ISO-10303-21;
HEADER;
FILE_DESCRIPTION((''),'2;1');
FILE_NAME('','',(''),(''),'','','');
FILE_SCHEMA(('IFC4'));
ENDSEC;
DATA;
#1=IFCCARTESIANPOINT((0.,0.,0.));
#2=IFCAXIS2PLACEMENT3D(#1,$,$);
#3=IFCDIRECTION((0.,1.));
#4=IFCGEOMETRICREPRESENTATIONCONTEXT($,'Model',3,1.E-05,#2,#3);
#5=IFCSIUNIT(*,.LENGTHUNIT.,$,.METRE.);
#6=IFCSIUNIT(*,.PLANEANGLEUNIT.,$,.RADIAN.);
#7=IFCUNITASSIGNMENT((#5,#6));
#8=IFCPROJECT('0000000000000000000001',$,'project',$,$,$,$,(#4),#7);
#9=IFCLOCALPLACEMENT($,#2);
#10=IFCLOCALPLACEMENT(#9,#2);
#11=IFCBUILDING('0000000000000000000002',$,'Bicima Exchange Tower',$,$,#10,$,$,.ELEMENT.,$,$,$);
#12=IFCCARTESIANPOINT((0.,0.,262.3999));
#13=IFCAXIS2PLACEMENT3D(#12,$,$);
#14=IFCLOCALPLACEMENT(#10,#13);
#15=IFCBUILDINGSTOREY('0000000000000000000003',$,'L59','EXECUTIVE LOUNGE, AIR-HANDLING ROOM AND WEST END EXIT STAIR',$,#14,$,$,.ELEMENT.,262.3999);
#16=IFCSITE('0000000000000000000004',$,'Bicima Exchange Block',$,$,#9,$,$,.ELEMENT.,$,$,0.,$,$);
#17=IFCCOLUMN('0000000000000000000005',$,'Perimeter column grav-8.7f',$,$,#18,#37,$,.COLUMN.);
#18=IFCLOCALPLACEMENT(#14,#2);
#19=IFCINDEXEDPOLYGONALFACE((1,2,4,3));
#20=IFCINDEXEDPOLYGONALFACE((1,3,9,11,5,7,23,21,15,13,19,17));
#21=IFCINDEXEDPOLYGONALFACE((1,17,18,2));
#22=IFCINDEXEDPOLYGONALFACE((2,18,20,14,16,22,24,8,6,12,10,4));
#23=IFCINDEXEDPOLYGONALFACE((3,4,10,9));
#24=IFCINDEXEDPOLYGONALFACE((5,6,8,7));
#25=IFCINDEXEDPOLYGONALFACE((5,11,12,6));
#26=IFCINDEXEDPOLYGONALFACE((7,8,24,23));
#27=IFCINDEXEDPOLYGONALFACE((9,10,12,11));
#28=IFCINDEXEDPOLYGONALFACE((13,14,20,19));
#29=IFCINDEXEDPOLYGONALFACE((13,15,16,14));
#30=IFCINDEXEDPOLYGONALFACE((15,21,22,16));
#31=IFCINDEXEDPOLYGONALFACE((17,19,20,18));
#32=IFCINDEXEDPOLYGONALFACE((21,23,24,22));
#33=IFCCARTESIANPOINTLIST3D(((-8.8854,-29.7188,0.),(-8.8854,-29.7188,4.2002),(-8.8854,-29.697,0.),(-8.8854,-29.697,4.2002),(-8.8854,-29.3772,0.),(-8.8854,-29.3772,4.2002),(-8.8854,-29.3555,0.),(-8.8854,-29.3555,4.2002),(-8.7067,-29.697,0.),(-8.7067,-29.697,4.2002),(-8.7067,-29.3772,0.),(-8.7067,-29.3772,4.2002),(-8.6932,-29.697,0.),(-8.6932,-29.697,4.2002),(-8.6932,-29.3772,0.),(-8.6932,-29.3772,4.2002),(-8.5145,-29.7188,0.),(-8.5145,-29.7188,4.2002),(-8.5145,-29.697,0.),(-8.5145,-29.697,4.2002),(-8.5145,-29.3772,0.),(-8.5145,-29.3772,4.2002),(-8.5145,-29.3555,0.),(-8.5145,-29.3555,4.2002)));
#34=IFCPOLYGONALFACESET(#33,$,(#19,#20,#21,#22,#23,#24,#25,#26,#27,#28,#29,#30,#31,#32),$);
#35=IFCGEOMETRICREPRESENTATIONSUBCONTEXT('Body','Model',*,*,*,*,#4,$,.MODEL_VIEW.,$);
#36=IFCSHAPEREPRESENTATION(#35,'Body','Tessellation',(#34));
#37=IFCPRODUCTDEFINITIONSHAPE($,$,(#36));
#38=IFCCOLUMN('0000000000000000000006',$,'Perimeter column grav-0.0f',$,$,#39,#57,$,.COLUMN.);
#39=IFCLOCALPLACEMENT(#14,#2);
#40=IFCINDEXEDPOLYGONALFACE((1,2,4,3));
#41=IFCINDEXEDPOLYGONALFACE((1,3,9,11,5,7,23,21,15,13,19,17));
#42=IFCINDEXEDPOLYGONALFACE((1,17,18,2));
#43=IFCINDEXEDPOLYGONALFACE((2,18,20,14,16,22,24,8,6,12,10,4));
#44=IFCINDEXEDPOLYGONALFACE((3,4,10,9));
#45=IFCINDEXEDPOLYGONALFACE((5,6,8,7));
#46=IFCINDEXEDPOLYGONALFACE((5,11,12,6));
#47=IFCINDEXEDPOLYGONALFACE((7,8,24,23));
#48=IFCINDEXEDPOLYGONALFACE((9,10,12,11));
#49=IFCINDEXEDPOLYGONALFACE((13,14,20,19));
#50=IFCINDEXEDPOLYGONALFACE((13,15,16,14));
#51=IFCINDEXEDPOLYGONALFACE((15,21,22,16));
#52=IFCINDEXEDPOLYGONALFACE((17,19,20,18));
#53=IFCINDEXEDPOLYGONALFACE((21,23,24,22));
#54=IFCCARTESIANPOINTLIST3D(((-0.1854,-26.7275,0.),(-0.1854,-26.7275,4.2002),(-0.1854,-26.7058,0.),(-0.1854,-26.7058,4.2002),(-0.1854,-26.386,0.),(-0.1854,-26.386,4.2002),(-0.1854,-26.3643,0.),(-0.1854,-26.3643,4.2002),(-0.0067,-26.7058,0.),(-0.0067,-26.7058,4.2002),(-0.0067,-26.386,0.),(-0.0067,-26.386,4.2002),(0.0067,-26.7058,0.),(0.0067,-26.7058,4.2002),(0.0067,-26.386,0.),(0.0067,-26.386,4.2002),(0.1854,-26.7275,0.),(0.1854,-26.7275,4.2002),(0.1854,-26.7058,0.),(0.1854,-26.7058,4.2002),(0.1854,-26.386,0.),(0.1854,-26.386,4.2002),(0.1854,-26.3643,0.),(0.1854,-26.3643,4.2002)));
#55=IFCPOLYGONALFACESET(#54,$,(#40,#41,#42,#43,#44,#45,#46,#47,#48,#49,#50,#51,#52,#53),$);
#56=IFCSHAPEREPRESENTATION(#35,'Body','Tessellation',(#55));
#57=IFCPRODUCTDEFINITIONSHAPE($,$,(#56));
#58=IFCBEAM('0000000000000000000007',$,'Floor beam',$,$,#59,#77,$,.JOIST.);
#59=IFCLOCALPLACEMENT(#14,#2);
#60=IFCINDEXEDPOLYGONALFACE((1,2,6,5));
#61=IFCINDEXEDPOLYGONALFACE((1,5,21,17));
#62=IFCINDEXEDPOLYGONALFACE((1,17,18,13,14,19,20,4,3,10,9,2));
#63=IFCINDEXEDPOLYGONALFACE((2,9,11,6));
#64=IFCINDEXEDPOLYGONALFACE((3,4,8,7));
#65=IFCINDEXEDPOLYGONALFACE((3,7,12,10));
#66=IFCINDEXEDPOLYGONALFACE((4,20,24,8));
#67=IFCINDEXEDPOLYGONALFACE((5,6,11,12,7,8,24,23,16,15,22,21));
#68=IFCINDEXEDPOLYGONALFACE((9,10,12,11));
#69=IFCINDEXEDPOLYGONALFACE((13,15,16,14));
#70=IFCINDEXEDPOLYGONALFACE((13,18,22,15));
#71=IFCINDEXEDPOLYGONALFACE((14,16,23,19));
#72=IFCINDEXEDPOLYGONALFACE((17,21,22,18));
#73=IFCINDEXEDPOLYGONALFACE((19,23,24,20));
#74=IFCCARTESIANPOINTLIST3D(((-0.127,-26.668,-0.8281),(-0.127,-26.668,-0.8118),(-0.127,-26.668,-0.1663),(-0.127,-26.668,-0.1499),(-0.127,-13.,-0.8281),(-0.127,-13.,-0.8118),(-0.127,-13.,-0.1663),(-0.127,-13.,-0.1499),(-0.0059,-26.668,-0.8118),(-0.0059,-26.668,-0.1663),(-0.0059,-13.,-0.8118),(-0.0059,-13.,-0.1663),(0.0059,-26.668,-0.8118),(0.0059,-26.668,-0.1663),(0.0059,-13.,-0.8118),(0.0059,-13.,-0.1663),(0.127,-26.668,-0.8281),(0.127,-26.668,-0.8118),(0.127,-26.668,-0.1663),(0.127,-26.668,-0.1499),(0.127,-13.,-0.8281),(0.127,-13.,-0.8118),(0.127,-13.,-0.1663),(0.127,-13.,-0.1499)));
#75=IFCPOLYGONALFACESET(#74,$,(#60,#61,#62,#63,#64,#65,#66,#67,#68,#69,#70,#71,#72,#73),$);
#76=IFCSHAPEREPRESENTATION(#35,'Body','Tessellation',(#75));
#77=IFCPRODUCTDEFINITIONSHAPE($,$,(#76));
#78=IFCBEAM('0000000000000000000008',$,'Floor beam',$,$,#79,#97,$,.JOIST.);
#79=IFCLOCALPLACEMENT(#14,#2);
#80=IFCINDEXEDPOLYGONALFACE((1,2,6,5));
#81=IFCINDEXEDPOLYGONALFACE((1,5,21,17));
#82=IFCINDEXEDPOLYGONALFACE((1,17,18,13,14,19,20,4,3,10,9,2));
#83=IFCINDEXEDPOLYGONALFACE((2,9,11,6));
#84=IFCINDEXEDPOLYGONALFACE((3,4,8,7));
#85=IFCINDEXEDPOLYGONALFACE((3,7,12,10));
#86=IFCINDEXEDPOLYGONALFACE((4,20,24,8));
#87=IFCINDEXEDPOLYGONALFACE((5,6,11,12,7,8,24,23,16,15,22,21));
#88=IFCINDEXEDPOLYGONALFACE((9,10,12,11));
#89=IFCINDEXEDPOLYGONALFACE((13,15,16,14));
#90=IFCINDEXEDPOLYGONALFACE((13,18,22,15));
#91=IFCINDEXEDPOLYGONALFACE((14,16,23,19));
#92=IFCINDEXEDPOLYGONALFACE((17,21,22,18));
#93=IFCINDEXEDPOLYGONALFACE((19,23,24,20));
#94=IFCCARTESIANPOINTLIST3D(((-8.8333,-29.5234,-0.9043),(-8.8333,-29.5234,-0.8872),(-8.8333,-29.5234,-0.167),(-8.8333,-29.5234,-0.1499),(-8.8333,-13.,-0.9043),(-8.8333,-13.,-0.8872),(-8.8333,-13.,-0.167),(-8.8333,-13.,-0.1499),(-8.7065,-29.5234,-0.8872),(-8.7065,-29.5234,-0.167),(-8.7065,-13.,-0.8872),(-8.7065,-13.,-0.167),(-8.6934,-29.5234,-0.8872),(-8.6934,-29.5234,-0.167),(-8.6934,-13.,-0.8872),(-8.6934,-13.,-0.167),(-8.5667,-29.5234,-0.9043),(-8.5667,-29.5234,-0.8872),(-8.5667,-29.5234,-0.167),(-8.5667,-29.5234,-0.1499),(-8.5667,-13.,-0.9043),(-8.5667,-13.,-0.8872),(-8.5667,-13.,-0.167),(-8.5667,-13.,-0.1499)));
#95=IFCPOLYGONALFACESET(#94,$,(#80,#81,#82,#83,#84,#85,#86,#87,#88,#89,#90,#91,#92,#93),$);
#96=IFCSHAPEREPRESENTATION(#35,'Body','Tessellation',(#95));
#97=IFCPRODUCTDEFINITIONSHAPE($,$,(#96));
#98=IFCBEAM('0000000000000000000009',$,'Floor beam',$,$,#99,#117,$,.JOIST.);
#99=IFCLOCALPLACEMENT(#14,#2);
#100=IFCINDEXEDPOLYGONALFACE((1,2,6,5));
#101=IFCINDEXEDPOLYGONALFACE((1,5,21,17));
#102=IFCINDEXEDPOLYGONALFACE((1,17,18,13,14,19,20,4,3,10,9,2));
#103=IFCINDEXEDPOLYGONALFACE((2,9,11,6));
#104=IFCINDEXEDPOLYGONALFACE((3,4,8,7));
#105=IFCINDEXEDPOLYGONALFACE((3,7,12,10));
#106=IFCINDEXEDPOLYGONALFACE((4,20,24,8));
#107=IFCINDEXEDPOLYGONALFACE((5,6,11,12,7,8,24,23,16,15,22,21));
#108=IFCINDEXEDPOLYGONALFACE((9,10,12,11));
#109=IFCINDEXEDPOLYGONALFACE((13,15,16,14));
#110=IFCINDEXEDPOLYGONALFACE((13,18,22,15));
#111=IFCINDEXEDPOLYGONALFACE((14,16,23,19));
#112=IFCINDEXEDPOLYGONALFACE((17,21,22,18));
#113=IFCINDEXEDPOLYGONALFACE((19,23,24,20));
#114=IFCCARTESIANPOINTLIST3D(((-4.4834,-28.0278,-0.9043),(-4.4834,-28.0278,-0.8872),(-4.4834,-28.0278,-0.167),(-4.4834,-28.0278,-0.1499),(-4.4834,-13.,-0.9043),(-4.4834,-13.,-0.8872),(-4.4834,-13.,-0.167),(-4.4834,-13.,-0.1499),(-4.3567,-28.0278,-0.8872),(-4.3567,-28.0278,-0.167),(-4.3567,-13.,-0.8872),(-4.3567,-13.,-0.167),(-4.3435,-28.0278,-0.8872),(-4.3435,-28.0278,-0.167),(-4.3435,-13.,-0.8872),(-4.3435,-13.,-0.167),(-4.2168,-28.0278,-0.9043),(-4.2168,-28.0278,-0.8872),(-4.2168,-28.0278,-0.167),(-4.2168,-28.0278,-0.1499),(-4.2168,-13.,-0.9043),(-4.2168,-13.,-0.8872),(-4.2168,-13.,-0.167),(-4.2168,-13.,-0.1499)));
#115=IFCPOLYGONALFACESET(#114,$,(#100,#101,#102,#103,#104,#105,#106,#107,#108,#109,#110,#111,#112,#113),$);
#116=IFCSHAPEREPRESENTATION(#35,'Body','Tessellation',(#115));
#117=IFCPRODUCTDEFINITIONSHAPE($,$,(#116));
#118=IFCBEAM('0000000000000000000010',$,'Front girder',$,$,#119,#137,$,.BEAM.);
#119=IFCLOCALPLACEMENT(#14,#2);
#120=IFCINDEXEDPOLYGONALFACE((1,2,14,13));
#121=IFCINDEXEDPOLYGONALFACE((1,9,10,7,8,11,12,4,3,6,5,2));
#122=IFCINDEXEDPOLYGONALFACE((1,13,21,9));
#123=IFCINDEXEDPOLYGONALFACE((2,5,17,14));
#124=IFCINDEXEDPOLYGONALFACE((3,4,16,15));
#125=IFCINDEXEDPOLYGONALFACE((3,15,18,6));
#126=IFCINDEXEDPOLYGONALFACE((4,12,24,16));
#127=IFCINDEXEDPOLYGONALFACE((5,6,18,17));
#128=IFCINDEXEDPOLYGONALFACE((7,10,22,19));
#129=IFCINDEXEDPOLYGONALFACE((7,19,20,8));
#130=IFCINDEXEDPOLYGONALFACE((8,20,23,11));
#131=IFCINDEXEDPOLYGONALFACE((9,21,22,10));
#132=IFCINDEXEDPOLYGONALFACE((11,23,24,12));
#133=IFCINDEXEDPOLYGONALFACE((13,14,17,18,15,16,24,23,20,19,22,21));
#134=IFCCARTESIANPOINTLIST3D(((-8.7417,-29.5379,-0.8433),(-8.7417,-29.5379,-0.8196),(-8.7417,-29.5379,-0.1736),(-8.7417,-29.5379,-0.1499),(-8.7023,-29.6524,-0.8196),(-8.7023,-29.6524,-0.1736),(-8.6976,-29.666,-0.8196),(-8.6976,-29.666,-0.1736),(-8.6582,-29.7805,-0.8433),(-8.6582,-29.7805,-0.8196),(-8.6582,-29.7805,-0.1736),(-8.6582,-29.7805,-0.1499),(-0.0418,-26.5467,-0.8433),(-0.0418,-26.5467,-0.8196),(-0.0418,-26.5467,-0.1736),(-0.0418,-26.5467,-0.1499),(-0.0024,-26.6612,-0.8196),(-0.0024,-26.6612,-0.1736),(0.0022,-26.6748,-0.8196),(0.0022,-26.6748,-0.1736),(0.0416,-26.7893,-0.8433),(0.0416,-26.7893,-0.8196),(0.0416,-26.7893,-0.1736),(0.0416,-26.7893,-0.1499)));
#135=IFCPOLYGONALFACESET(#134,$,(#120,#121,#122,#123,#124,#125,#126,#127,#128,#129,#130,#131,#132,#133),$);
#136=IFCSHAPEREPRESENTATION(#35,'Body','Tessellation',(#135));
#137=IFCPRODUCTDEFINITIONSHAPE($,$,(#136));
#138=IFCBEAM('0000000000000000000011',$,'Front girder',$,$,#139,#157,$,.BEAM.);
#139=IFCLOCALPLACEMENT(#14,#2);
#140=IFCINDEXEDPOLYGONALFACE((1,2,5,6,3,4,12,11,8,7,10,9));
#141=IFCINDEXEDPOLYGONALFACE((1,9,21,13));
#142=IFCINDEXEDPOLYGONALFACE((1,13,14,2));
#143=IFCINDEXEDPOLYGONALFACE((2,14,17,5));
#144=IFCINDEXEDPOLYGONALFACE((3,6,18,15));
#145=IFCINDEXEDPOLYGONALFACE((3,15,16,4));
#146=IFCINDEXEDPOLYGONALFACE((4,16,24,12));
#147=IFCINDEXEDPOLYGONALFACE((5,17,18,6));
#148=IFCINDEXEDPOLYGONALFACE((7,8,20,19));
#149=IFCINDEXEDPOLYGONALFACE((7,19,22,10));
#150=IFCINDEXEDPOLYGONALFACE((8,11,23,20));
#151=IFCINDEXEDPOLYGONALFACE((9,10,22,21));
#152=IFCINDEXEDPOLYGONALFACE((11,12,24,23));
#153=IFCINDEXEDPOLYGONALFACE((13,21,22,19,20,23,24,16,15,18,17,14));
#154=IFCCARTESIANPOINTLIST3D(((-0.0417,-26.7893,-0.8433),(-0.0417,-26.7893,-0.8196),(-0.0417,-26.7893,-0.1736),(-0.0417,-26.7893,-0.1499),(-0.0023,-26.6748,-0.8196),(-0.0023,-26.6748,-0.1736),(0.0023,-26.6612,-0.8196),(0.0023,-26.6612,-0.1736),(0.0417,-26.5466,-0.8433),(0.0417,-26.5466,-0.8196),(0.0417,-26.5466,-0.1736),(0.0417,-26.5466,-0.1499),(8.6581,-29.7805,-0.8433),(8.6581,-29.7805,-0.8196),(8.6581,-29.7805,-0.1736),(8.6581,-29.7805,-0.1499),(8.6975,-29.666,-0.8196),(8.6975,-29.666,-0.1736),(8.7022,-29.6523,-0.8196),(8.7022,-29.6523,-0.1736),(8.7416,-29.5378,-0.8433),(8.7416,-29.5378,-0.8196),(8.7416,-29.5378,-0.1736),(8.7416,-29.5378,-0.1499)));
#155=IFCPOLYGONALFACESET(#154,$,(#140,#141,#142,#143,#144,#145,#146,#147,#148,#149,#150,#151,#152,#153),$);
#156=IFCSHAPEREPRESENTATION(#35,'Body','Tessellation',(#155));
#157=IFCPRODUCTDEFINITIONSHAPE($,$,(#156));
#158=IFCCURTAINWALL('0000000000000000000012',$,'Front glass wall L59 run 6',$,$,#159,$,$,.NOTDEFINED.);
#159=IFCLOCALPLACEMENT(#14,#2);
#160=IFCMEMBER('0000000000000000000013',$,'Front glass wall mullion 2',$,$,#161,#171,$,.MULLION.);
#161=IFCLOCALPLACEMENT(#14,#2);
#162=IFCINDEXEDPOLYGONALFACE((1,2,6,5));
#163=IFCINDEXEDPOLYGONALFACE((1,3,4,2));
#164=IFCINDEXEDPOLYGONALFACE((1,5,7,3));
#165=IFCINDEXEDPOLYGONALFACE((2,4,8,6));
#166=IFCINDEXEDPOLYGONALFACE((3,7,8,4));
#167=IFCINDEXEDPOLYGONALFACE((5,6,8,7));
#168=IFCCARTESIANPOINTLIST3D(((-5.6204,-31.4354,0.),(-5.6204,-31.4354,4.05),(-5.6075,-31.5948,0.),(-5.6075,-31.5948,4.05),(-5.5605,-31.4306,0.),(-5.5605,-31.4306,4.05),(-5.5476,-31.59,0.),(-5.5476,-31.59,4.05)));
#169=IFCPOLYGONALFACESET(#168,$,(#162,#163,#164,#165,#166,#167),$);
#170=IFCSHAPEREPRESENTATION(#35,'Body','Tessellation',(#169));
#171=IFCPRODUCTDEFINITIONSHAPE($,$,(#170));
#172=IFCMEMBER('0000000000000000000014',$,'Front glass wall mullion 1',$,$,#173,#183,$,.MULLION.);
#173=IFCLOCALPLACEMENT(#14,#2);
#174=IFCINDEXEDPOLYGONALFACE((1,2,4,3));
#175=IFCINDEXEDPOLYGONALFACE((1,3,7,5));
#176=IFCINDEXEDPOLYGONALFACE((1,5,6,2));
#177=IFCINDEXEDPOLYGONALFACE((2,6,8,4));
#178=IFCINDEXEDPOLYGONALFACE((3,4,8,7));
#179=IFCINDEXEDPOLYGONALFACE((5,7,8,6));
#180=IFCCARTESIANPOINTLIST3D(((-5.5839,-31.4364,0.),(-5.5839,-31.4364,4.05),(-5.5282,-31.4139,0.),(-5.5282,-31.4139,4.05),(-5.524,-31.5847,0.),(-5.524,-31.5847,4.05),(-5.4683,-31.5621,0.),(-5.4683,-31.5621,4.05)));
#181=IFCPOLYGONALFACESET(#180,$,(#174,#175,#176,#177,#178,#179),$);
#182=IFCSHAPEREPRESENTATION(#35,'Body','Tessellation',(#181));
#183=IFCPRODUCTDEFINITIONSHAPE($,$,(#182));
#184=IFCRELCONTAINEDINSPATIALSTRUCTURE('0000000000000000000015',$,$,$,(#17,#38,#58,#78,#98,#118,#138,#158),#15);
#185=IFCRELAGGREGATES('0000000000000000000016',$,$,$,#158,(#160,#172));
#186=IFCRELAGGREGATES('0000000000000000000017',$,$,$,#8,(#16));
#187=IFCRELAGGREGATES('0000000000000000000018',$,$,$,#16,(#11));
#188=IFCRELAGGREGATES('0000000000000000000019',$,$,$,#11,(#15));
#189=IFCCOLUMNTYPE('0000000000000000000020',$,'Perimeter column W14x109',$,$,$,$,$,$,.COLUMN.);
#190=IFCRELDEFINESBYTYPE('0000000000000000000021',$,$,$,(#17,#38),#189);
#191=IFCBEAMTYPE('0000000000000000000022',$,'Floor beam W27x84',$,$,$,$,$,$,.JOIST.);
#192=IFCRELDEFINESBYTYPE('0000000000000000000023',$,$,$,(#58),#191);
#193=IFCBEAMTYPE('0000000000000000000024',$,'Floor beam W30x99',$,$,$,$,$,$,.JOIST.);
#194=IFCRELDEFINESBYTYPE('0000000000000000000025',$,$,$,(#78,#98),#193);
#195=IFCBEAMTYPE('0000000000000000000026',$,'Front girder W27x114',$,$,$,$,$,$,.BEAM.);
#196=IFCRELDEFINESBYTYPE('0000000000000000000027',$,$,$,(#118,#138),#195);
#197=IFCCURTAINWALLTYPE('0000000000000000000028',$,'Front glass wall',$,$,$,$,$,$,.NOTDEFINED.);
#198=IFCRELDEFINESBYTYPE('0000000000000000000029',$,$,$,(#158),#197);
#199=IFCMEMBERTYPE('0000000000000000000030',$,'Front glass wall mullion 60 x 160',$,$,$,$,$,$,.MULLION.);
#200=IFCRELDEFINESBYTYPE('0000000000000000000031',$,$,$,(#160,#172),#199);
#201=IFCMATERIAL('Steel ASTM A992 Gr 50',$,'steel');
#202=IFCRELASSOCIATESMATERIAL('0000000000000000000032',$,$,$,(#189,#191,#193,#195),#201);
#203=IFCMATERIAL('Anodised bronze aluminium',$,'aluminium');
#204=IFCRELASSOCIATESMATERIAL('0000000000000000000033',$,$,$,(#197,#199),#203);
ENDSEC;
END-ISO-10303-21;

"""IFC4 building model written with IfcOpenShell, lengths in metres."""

from ifc_helpers import new_model, si_unit, direction, frame, origin, origin_2d, place, context, subcontext, project, spatial, rectangle, i_section, extrude, material, material_profile, profile_set, type_object, element, aggregate, save


model = new_model("IFC4")

# Units and contexts
model_context = context("Model", 3, precision=1e-05, world=origin(), true_north=direction((0.0, 1.0)))
body_context = subcontext(model_context, "Body", "Model", "MODEL_VIEW")
ifc_project = project(units=[si_unit("LENGTHUNIT", "METRE"), si_unit("PLANEANGLEUNIT", "RADIAN")], contexts=[model_context])

# Site, building, storey
site_placement = place(None, origin())
site = spatial("IfcSite", under=ifc_project, at=site_placement, Name="Bicima Exchange Block", CompositionType="ELEMENT", RefElevation=0.0)
building_placement = place(site_placement, origin())
building = spatial("IfcBuilding", under=site, at=building_placement, Name="Bicima Exchange Tower", CompositionType="ELEMENT")
storey_placement = place(building_placement, frame((0.0, 0.0, 262.3999)))
storey = spatial("IfcBuildingStorey", under=building, at=storey_placement, Name="L59", Description="EXECUTIVE LOUNGE, AIR-HANDLING ROOM AND WEST END EXIT STAIR", CompositionType="ELEMENT", Elevation=262.3999)

# Columns
ifc_material_1 = material(Name="Steel ASTM A992 Gr 50", Category="steel")
ifc_material_profile_1 = material_profile(ifc_material_1, i_section(OverallWidth=0.3708, OverallDepth=0.3633, WebThickness=0.0134, FlangeThickness=0.0217, at=origin_2d()))
ifc_profile_set_1 = profile_set([ifc_material_profile_1], Name="Steel ASTM A992 Gr 50")
column_type = type_object("IfcColumnType", Name="Perimeter column W14x109", PredefinedType="COLUMN", material=ifc_profile_set_1)
for number, where, z_axis, x_axis, name in (
    (1, (-8.7, -29.5371, 0.0), (0.0, 0.0, 1.0), (1.0, 0.0, 0.0), "Perimeter column grav-8.7f"),
    (2, (0.0, -26.5459, 0.0), (0.0, 0.0, 1.0), (1.0, 0.0, 0.0), "Perimeter column grav-0.0f"),
):
    element("IfcColumn", number, at=place(storey_placement, frame(where, z_axis=z_axis, x_axis=x_axis)), inside=storey, type_object=column_type, Name=name, PredefinedType="COLUMN", context=body_context, shape_type="SweptSolid", body=[
        extrude(i_section(OverallWidth=0.3708, OverallDepth=0.3633, WebThickness=0.0134, FlangeThickness=0.0217, at=origin_2d()), origin(), (0.0, 0.0, 1.0), 4.2002),
    ])

# Beams
ifc_material_profile_2 = material_profile(ifc_material_1, i_section(OverallWidth=0.2539, OverallDepth=0.6782, WebThickness=0.0117, FlangeThickness=0.0164, at=origin_2d()))
ifc_profile_set_2 = profile_set([ifc_material_profile_2], Name="Steel ASTM A992 Gr 50")
beam_type_1 = type_object("IfcBeamType", Name="Floor beam W27x84", PredefinedType="JOIST", material=ifc_profile_set_2)
beam_1_placement = place(storey_placement, frame((0.0, -13.0, -0.489), z_axis=(0.0, -1.0, 0.0), x_axis=(1.0, 0.0, 0.0)))
element("IfcBeam", 3, at=beam_1_placement, inside=storey, type_object=beam_type_1, Name="Floor beam", PredefinedType="JOIST", context=body_context, shape_type="SweptSolid", body=[
    extrude(i_section(OverallWidth=0.2539, OverallDepth=0.6782, WebThickness=0.0117, FlangeThickness=0.0164, at=origin_2d()), origin(), (0.0, 0.0, 1.0), 13.668),
])
ifc_material_profile_3 = material_profile(ifc_material_1, i_section(OverallWidth=0.2666, OverallDepth=0.7544, WebThickness=0.0132, FlangeThickness=0.0171, at=origin_2d()))
ifc_profile_set_3 = profile_set([ifc_material_profile_3], Name="Steel ASTM A992 Gr 50")
beam_type_2 = type_object("IfcBeamType", Name="Floor beam W30x99", PredefinedType="JOIST", material=ifc_profile_set_3)
beam_2_placement = place(storey_placement, frame((-8.7, -13.0, -0.5271), z_axis=(0.0, -1.0, 0.0), x_axis=(1.0, 0.0, 0.0)))
element("IfcBeam", 4, at=beam_2_placement, inside=storey, type_object=beam_type_2, Name="Floor beam", PredefinedType="JOIST", context=body_context, shape_type="SweptSolid", body=[
    extrude(i_section(OverallWidth=0.2666, OverallDepth=0.7544, WebThickness=0.0132, FlangeThickness=0.0171, at=origin_2d()), origin(), (0.0, 0.0, 1.0), 16.5234),
])
beam_3_placement = place(storey_placement, frame((-4.3501, -13.0, -0.5271), z_axis=(0.0, -1.0, 0.0), x_axis=(1.0, 0.0, 0.0)))
element("IfcBeam", 5, at=beam_3_placement, inside=storey, type_object=beam_type_2, Name="Floor beam", PredefinedType="JOIST", context=body_context, shape_type="SweptSolid", body=[
    extrude(i_section(OverallWidth=0.2666, OverallDepth=0.7544, WebThickness=0.0132, FlangeThickness=0.0171, at=origin_2d()), origin(), (0.0, 0.0, 1.0), 15.0278),
])
ifc_material_profile_4 = material_profile(ifc_material_1, i_section(OverallWidth=0.2566, OverallDepth=0.6934, WebThickness=0.0144, FlangeThickness=0.0237, at=origin_2d()))
ifc_profile_set_4 = profile_set([ifc_material_profile_4], Name="Steel ASTM A992 Gr 50")
beam_type_3 = type_object("IfcBeamType", Name="Front girder W27x114", PredefinedType="BEAM", material=ifc_profile_set_4)
for number, where, z_axis, x_axis, name in (
    (6, (-8.7, -29.6592, -0.4966), (0.945666, 0.325138, 0.0), (-0.325138, 0.945666, 0.0), "Front girder"),
    (7, (0.0, -26.668, -0.4966), (0.945666, -0.325138, 0.0), (0.325138, 0.945666, 0.0), "Front girder"),
):
    element("IfcBeam", number, at=place(storey_placement, frame(where, z_axis=z_axis, x_axis=x_axis)), inside=storey, type_object=beam_type_3, Name=name, PredefinedType="BEAM", context=body_context, shape_type="SweptSolid", body=[
        extrude(i_section(OverallWidth=0.2566, OverallDepth=0.6934, WebThickness=0.0144, FlangeThickness=0.0237, at=origin_2d()), origin(), (0.0, 0.0, 1.0), 9.1997),
    ])

# Curtain wall, members
ifc_material_2 = material(Name="Anodised bronze aluminium", Category="aluminium")
curtain_wall_type = type_object("IfcCurtainWallType", Name="Front glass wall", PredefinedType="NOTDEFINED", material=ifc_material_2)
curtain_wall_placement = place(storey_placement, origin())
curtain_wall = element("IfcCurtainWall", 8, at=curtain_wall_placement, inside=storey, type_object=curtain_wall_type, Name="Front glass wall L59 run 6", PredefinedType="NOTDEFINED")
ifc_material_profile_5 = material_profile(ifc_material_2, rectangle(XDim=0.1599, YDim=0.0601, at=origin_2d()))
ifc_profile_set_5 = profile_set([ifc_material_profile_5], Name="Anodised bronze aluminium")
member_type_1 = type_object("IfcMemberType", Name="Front glass wall mullion 60 x 160", PredefinedType="MULLION", material=ifc_profile_set_5)
member_1_placement = place(storey_placement, frame((-5.584, -31.5127, 0.0), z_axis=(0.0, 0.0, 1.0), x_axis=(-0.080589, 0.996747, 0.0)))
member_1 = element("IfcMember", 9, at=member_1_placement, type_object=member_type_1, Name="Front glass wall mullion 2", PredefinedType="MULLION", context=body_context, shape_type="SweptSolid", body=[
    extrude(rectangle(XDim=0.1599, YDim=0.0601, at=origin_2d()), origin(), (0.0, 0.0, 1.0), 4.05),
])
member_2_placement = place(storey_placement, frame((-5.5261, -31.4993, 0.0), z_axis=(0.0, 0.0, 1.0), x_axis=(-0.374705, 0.927144, 0.0)))
member_2 = element("IfcMember", 10, at=member_2_placement, type_object=member_type_1, Name="Front glass wall mullion 1", PredefinedType="MULLION", context=body_context, shape_type="SweptSolid", body=[
    extrude(rectangle(XDim=0.1599, YDim=0.0601, at=origin_2d()), origin(), (0.0, 0.0, 1.0), 4.05),
])

aggregate(curtain_wall, [member_1, member_2])

save(model, "model.ifc")
